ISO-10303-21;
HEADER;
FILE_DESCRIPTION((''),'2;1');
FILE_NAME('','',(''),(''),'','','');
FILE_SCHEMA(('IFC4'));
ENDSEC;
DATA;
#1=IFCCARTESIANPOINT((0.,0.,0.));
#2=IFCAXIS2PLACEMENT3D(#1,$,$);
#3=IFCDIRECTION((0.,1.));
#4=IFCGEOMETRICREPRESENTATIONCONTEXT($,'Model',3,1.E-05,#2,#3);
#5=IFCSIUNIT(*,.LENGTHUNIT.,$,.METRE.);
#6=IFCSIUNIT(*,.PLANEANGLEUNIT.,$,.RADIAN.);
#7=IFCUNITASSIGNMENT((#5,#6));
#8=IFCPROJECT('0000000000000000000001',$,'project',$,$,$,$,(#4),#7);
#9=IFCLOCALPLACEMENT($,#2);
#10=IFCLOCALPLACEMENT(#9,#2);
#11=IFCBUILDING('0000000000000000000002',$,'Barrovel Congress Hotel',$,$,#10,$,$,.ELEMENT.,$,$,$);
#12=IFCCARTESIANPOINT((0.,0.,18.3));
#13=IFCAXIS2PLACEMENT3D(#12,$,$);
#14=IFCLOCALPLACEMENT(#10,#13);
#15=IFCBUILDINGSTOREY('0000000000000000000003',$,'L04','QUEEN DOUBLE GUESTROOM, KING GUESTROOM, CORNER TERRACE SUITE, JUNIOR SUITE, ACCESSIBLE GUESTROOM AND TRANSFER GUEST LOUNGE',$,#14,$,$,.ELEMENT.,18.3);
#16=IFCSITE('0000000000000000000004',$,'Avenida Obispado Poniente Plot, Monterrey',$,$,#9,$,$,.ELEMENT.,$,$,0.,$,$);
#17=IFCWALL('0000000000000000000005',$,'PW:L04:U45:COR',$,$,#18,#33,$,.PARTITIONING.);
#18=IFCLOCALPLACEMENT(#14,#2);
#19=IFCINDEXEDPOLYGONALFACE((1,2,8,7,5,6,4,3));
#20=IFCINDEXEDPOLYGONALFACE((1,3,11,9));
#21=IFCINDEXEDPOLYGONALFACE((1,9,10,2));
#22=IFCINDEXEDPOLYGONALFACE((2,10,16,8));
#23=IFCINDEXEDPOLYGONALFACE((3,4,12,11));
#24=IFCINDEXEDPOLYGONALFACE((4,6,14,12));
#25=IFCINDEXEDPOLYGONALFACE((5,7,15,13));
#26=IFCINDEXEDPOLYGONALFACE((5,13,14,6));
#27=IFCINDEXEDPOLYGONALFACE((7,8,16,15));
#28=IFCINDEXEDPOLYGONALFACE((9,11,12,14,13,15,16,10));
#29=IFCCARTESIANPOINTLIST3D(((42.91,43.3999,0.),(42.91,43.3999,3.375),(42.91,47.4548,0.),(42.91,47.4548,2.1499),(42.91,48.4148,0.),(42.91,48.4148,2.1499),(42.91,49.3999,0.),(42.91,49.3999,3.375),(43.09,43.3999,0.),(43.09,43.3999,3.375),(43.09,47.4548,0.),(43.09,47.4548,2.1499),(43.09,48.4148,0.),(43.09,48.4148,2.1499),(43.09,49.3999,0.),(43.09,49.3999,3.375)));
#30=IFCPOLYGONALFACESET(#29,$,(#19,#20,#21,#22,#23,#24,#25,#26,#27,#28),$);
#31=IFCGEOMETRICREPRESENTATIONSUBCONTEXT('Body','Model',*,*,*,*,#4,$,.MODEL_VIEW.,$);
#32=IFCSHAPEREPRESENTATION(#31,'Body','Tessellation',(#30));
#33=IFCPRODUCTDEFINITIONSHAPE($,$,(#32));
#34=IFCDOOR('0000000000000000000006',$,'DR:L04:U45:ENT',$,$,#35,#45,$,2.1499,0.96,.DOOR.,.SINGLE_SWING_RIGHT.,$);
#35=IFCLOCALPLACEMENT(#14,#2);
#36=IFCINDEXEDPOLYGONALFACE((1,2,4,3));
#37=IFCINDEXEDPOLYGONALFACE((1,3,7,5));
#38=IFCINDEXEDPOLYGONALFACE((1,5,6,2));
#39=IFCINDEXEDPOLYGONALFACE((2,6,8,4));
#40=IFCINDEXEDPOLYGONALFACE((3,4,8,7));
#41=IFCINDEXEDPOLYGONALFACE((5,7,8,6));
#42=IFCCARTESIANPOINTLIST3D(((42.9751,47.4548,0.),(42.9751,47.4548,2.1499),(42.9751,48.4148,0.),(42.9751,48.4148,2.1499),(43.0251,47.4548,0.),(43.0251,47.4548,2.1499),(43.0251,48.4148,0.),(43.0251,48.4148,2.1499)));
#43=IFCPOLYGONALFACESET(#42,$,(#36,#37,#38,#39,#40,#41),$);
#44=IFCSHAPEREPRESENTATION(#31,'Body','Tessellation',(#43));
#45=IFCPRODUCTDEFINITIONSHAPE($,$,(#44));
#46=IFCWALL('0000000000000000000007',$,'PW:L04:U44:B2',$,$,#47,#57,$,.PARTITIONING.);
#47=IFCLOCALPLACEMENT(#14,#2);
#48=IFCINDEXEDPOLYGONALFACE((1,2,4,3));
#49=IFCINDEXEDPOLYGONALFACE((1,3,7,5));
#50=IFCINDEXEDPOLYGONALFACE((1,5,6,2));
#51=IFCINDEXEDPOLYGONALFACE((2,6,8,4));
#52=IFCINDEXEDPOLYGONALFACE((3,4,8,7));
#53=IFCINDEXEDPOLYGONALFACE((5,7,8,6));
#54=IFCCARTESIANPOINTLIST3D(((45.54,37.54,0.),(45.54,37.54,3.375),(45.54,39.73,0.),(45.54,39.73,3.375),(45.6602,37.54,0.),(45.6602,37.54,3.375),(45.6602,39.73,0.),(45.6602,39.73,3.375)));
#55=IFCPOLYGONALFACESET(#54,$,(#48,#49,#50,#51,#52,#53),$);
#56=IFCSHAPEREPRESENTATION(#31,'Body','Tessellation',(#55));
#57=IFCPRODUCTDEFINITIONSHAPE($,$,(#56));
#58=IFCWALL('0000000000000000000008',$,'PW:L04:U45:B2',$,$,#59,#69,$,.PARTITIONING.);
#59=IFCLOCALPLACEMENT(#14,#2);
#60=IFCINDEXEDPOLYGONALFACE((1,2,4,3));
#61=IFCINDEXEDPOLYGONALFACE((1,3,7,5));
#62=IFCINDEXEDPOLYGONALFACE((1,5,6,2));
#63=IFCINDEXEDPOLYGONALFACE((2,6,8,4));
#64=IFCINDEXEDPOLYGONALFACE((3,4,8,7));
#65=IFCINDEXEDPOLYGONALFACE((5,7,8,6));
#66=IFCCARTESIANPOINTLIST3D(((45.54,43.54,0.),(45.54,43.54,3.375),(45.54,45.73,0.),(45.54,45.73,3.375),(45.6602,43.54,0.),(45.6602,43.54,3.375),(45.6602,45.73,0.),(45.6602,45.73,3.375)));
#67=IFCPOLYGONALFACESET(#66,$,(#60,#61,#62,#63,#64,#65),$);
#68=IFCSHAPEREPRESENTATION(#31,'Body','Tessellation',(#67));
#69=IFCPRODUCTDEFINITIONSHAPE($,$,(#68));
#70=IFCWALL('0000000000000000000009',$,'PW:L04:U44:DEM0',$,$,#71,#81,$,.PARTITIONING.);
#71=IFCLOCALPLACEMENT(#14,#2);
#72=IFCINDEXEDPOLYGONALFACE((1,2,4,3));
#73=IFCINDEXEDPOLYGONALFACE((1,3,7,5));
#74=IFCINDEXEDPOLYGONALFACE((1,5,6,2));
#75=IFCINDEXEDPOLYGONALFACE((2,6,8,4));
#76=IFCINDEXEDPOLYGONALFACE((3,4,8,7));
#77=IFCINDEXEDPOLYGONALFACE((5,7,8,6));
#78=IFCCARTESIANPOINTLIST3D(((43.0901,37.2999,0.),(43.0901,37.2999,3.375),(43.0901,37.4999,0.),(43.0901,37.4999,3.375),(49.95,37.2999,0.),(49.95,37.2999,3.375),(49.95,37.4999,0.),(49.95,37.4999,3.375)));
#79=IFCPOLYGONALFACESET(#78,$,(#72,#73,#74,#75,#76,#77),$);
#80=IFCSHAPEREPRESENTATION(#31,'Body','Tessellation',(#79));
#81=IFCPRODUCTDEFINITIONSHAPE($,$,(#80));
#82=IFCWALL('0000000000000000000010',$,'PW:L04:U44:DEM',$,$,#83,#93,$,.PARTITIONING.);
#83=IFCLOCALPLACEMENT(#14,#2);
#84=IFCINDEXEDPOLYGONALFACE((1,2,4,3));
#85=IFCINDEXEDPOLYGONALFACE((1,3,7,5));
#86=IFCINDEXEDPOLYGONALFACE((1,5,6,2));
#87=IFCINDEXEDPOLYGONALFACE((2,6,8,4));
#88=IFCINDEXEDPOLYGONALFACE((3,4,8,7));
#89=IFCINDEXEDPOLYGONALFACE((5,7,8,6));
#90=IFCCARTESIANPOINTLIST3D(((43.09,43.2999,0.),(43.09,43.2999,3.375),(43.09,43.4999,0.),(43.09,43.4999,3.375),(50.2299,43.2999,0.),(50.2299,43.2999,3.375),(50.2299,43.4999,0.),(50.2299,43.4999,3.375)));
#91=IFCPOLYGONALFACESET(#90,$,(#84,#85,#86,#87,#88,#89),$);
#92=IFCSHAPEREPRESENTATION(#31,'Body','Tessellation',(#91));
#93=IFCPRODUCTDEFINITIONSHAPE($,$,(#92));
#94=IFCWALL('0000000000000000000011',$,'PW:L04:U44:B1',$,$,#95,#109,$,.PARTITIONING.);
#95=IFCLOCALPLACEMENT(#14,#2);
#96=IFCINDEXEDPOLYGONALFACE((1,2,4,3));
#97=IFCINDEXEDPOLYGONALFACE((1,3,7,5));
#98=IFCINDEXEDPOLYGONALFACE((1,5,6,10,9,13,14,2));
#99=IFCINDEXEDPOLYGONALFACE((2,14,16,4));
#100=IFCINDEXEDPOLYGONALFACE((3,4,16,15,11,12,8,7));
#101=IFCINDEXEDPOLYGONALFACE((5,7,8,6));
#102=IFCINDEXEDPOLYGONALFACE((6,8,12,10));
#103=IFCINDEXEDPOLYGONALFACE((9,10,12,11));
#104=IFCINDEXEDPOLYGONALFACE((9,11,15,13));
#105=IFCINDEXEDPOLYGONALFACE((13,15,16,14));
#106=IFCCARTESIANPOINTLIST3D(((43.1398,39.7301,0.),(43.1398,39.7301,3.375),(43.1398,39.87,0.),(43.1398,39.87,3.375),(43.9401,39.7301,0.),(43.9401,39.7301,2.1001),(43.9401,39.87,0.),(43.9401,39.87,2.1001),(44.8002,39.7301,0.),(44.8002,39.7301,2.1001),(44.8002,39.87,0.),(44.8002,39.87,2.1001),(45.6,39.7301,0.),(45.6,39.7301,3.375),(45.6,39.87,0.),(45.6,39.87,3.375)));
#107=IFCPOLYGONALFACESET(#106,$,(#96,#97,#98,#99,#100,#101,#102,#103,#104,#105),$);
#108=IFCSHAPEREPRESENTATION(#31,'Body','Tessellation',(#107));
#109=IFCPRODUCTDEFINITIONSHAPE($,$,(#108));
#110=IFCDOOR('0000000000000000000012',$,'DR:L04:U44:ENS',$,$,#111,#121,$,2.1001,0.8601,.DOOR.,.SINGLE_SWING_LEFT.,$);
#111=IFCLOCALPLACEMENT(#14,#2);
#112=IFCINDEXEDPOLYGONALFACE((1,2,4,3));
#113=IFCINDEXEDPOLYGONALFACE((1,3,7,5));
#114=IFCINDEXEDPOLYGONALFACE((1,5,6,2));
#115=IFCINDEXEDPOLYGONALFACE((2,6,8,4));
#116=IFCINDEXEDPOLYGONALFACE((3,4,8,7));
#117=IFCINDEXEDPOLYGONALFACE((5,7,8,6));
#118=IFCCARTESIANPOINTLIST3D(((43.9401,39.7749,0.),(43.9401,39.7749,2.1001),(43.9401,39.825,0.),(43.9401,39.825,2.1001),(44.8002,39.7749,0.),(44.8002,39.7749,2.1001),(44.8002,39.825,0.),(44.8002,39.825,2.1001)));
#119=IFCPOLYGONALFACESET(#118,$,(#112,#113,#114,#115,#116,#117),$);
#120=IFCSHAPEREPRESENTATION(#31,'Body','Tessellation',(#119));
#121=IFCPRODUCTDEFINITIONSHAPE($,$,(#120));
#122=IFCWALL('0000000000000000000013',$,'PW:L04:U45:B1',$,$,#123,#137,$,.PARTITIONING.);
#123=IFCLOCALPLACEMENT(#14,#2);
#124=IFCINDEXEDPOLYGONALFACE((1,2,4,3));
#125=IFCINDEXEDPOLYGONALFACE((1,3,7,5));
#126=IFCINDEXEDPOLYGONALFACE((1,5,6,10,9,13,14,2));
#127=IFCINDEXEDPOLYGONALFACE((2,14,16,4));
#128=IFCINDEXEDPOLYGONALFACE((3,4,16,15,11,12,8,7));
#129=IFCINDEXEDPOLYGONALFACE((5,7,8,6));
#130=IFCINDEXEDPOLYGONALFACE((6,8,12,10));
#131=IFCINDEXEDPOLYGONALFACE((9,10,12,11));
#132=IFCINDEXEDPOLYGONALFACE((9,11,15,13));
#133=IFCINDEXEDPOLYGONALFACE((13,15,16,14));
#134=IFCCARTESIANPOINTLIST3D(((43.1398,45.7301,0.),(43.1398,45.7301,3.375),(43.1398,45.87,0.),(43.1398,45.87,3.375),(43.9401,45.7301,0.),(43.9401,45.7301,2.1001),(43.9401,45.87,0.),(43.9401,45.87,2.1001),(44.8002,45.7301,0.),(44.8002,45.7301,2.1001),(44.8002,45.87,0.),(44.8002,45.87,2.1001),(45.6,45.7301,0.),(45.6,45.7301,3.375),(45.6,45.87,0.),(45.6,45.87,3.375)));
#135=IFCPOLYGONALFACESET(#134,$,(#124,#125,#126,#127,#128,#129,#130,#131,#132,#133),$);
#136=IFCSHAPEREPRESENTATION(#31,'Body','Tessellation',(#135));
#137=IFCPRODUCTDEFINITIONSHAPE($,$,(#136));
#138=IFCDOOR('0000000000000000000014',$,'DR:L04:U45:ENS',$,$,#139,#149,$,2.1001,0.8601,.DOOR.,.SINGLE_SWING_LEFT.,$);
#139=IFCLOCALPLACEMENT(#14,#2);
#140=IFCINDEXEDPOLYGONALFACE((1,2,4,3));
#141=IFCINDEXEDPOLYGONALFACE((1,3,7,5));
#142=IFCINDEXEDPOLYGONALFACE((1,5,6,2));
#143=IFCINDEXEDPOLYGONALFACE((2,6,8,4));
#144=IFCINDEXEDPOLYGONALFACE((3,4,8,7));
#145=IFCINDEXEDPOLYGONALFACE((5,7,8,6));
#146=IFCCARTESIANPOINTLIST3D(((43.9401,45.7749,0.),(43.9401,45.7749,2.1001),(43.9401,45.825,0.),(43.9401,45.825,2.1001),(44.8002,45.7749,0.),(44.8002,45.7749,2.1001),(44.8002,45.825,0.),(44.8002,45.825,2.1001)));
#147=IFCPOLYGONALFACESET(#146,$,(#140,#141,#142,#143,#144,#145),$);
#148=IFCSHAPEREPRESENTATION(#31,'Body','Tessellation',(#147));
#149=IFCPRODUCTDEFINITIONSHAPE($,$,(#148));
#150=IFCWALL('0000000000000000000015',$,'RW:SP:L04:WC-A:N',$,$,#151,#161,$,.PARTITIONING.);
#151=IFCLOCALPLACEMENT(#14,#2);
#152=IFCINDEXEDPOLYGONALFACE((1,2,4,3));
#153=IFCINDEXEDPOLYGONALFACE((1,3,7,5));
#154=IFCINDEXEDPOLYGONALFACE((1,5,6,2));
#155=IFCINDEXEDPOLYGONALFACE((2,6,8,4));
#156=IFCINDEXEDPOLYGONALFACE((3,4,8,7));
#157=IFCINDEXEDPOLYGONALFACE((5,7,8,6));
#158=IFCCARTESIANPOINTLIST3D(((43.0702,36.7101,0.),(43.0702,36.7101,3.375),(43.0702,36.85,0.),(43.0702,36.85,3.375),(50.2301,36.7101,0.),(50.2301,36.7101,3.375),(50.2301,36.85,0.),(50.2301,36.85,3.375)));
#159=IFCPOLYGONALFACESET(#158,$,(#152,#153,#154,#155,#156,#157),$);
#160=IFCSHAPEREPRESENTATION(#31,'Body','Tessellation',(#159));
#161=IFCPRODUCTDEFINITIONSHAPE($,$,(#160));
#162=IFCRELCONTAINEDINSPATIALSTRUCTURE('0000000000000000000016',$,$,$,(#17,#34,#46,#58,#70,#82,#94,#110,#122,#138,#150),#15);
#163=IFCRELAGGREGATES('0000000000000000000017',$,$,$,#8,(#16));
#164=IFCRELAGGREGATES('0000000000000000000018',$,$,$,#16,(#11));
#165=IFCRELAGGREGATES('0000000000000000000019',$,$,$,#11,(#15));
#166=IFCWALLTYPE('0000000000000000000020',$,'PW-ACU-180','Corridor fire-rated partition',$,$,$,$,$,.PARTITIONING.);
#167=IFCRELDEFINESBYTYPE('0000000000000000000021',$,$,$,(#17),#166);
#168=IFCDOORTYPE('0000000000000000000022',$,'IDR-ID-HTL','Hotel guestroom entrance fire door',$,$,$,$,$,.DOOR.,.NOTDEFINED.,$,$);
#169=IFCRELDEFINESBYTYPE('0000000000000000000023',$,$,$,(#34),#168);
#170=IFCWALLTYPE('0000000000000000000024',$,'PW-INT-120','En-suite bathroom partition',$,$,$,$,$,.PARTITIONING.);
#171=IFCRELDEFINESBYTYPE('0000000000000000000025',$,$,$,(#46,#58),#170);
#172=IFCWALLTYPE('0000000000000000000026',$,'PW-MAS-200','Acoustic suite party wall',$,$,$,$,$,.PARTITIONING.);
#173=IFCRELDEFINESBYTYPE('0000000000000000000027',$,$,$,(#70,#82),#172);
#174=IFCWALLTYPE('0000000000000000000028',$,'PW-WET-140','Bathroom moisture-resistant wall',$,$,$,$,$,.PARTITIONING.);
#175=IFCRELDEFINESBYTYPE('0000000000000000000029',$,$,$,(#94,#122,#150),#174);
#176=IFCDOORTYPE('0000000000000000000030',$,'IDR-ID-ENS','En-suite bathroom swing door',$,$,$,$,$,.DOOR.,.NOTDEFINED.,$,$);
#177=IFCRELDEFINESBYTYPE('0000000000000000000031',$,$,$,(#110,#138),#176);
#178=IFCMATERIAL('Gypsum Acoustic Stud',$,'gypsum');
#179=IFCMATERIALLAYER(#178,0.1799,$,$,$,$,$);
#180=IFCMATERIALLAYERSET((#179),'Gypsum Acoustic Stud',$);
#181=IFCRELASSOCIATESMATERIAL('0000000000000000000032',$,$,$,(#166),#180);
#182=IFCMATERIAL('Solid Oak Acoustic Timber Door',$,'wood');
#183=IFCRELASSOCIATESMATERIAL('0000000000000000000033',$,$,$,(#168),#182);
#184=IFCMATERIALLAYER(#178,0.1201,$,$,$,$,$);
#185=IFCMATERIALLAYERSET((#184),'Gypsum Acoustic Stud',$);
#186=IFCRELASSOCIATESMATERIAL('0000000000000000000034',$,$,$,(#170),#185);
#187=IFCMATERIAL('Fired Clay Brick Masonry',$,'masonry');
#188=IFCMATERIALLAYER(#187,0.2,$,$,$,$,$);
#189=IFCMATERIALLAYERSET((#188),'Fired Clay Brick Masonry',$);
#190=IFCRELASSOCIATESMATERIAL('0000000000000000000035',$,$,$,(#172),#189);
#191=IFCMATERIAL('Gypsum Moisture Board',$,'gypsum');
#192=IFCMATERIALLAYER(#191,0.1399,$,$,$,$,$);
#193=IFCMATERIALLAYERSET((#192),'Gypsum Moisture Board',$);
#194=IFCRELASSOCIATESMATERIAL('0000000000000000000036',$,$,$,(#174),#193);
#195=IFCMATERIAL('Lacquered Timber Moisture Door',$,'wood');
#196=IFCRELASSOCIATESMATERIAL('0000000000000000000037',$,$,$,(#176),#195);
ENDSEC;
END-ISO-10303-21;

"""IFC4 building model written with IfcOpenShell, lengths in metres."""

from ifc_helpers import new_model, si_unit, direction, frame, frame_2d, origin, place, context, subcontext, project, spatial, rectangle, extrude, material, layer, layer_set, type_object, element, fill, save


model = new_model("IFC4")

# Units and contexts
model_context = context("Model", 3, precision=1e-05, world=origin(), true_north=direction((0.0, 1.0)))
body_context = subcontext(model_context, "Body", "Model", "MODEL_VIEW")
ifc_project = project(units=[si_unit("LENGTHUNIT", "METRE"), si_unit("PLANEANGLEUNIT", "RADIAN")], contexts=[model_context])

# Site, building, storey
site_placement = place(None, origin())
site = spatial("IfcSite", under=ifc_project, at=site_placement, Name="Avenida Obispado Poniente Plot, Monterrey", CompositionType="ELEMENT", RefElevation=0.0)
building_placement = place(site_placement, origin())
building = spatial("IfcBuilding", under=site, at=building_placement, Name="Barrovel Congress Hotel", CompositionType="ELEMENT")
storey_placement = place(building_placement, frame((0.0, 0.0, 18.3)))
storey = spatial("IfcBuildingStorey", under=building, at=storey_placement, Name="L04", Description="QUEEN DOUBLE GUESTROOM, KING GUESTROOM, CORNER TERRACE SUITE, JUNIOR SUITE, ACCESSIBLE GUESTROOM AND TRANSFER GUEST LOUNGE", CompositionType="ELEMENT", Elevation=18.3)

# Shared definitions
ifc_material_1 = material(Name="Fired Clay Brick Masonry", Category="masonry")

# Wall, opening, door
ifc_material_2 = material(Name="Gypsum Acoustic Stud", Category="gypsum")
ifc_layer_1 = layer(ifc_material_2, 0.1799)
ifc_layer_set_1 = layer_set([ifc_layer_1], Name="Gypsum Acoustic Stud")
wall_type_1 = type_object("IfcWallType", Name="PW-ACU-180", Description="Corridor fire-rated partition", PredefinedType="PARTITIONING", material=ifc_layer_set_1)
ifc_material_3 = material(Name="Solid Oak Acoustic Timber Door", Category="wood")
door_type_1 = type_object("IfcDoorType", Name="IDR-ID-HTL", Description="Hotel guestroom entrance fire door", OperationType="NOTDEFINED", PredefinedType="DOOR", material=ifc_material_3)
wall_1_placement = place(storey_placement, frame((43.0, 43.3999, 0.0), z_axis=(0.0, 0.0, 1.0), x_axis=(0.0, 1.0, 0.0)))
wall_1 = element("IfcWall", 1, at=wall_1_placement, inside=storey, type_object=wall_type_1, Name="PW:L04:U45:COR", PredefinedType="PARTITIONING", context=body_context, shape_type="SweptSolid", body=[
    extrude(rectangle(XDim=6.0, YDim=0.1799, at=frame_2d((3.0, 0.0))), origin(), (0.0, 0.0, 1.0), 3.375),
])
opening_1_placement = place(wall_1_placement, frame((4.0549, 0.0, 0.0)))
opening_1 = element("IfcOpeningElement", 2, at=opening_1_placement, cuts=wall_1, PredefinedType="OPENING", context=body_context, shape_type="SweptSolid", body=[
    extrude(rectangle(XDim=0.96, YDim=2.1499, at=frame_2d((0.48, 1.075))), frame((0.0, 0.1001, 0.0), z_axis=(0.0, -1.0, 0.0), x_axis=(1.0, 0.0, 0.0)), (0.0, 0.0, 1.0), 0.2),
])
door_1_placement = place(opening_1_placement, origin())
door_1 = element("IfcDoor", 3, at=door_1_placement, inside=storey, type_object=door_type_1, Name="DR:L04:U45:ENT", OperationType="SINGLE_SWING_RIGHT", OverallHeight=2.1499, OverallWidth=0.96, PredefinedType="DOOR", context=body_context, shape_type="SweptSolid", body=[
    extrude(rectangle(XDim=0.96, YDim=2.1499, at=frame_2d((0.48, 1.075))), frame((0.0, 0.0249, 0.0), z_axis=(0.0, -1.0, 0.0), x_axis=(1.0, 0.0, 0.0)), (0.0, 0.0, 1.0), 0.05),
])
fill(opening_1, door_1)

# Walls
ifc_layer_2 = layer(ifc_material_2, 0.1201)
ifc_layer_set_2 = layer_set([ifc_layer_2], Name="Gypsum Acoustic Stud")
wall_type_2 = type_object("IfcWallType", Name="PW-INT-120", Description="En-suite bathroom partition", PredefinedType="PARTITIONING", material=ifc_layer_set_2)
for number, where, z_axis, x_axis, name in (
    (4, (45.6001, 37.54, 0.0), (0.0, 0.0, 1.0), (0.0, 1.0, 0.0), "PW:L04:U44:B2"),
    (5, (45.6001, 43.54, 0.0), (0.0, 0.0, 1.0), (0.0, 1.0, 0.0), "PW:L04:U45:B2"),
):
    element("IfcWall", number, at=place(storey_placement, frame(where, z_axis=z_axis, x_axis=x_axis)), inside=storey, type_object=wall_type_2, Name=name, PredefinedType="PARTITIONING", context=body_context, shape_type="SweptSolid", body=[
        extrude(rectangle(XDim=2.1899, YDim=0.1201, at=frame_2d((1.095, 0.0))), origin(), (0.0, 0.0, 1.0), 3.375),
    ])
ifc_layer_3 = layer(ifc_material_1, 0.2)
ifc_layer_set_3 = layer_set([ifc_layer_3], Name="Fired Clay Brick Masonry")
wall_type_3 = type_object("IfcWallType", Name="PW-MAS-200", Description="Acoustic suite party wall", PredefinedType="PARTITIONING", material=ifc_layer_set_3)
wall_2_placement = place(storey_placement, frame((43.0901, 37.3999, 0.0), z_axis=(0.0, 0.0, 1.0), x_axis=(1.0, 0.0, 0.0)))
element("IfcWall", 6, at=wall_2_placement, inside=storey, type_object=wall_type_3, Name="PW:L04:U44:DEM0", PredefinedType="PARTITIONING", context=body_context, shape_type="SweptSolid", body=[
    extrude(rectangle(XDim=6.8599, YDim=0.2, at=frame_2d((3.4299, 0.0))), origin(), (0.0, 0.0, 1.0), 3.375),
])
wall_3_placement = place(storey_placement, frame((43.0901, 43.3999, 0.0), z_axis=(0.0, 0.0, 1.0), x_axis=(1.0, 0.0, 0.0)))
element("IfcWall", 7, at=wall_3_placement, inside=storey, type_object=wall_type_3, Name="PW:L04:U44:DEM", PredefinedType="PARTITIONING", context=body_context, shape_type="SweptSolid", body=[
    extrude(rectangle(XDim=7.1399, YDim=0.2, at=frame_2d((3.5698, 0.0))), origin(), (0.0, 0.0, 1.0), 3.375),
])

# Walls, openings, doors
ifc_material_4 = material(Name="Gypsum Moisture Board", Category="gypsum")
ifc_layer_4 = layer(ifc_material_4, 0.1399)
ifc_layer_set_4 = layer_set([ifc_layer_4], Name="Gypsum Moisture Board")
wall_type_4 = type_object("IfcWallType", Name="PW-WET-140", Description="Bathroom moisture-resistant wall", PredefinedType="PARTITIONING", material=ifc_layer_set_4)
wall_4_placement = place(storey_placement, frame((43.1399, 39.8, 0.0), z_axis=(0.0, 0.0, 1.0), x_axis=(1.0, 0.0, 0.0)))
wall_4 = element("IfcWall", 8, at=wall_4_placement, inside=storey, type_object=wall_type_4, Name="PW:L04:U44:B1", PredefinedType="PARTITIONING", context=body_context, shape_type="SweptSolid", body=[
    extrude(rectangle(XDim=2.4602, YDim=0.1399, at=frame_2d((1.23, 0.0))), origin(), (0.0, 0.0, 1.0), 3.375),
])
opening_2_placement = place(wall_4_placement, frame((0.8, 0.0, 0.0)))
opening_2 = element("IfcOpeningElement", 9, at=opening_2_placement, cuts=wall_4, PredefinedType="OPENING", context=body_context, shape_type="SweptSolid", body=[
    extrude(rectangle(XDim=0.8601, YDim=2.1001, at=frame_2d((0.4302, 1.05))), frame((0.0, 0.0801, 0.0), z_axis=(0.0, -1.0, 0.0), x_axis=(1.0, 0.0, 0.0)), (0.0, 0.0, 1.0), 0.1599),
])
ifc_material_5 = material(Name="Lacquered Timber Moisture Door", Category="wood")
door_type_2 = type_object("IfcDoorType", Name="IDR-ID-ENS", Description="En-suite bathroom swing door", OperationType="NOTDEFINED", PredefinedType="DOOR", material=ifc_material_5)
door_2_placement = place(opening_2_placement, origin())
door_2 = element("IfcDoor", 10, at=door_2_placement, inside=storey, type_object=door_type_2, Name="DR:L04:U44:ENS", OperationType="SINGLE_SWING_LEFT", OverallHeight=2.1001, OverallWidth=0.8601, PredefinedType="DOOR", context=body_context, shape_type="SweptSolid", body=[
    extrude(rectangle(XDim=0.8601, YDim=2.1001, at=frame_2d((0.4302, 1.05))), frame((0.0, 0.0249, 0.0), z_axis=(0.0, -1.0, 0.0), x_axis=(1.0, 0.0, 0.0)), (0.0, 0.0, 1.0), 0.05),
])
fill(opening_2, door_2)
wall_5_placement = place(storey_placement, frame((43.1399, 45.8, 0.0), z_axis=(0.0, 0.0, 1.0), x_axis=(1.0, 0.0, 0.0)))
wall_5 = element("IfcWall", 11, at=wall_5_placement, inside=storey, type_object=wall_type_4, Name="PW:L04:U45:B1", PredefinedType="PARTITIONING", context=body_context, shape_type="SweptSolid", body=[
    extrude(rectangle(XDim=2.4602, YDim=0.1399, at=frame_2d((1.23, 0.0))), origin(), (0.0, 0.0, 1.0), 3.375),
])
opening_3_placement = place(wall_5_placement, frame((0.8, 0.0, 0.0)))
opening_3 = element("IfcOpeningElement", 12, at=opening_3_placement, cuts=wall_5, PredefinedType="OPENING", context=body_context, shape_type="SweptSolid", body=[
    extrude(rectangle(XDim=0.8601, YDim=2.1001, at=frame_2d((0.4302, 1.05))), frame((0.0, 0.0801, 0.0), z_axis=(0.0, -1.0, 0.0), x_axis=(1.0, 0.0, 0.0)), (0.0, 0.0, 1.0), 0.1599),
])
door_3_placement = place(opening_3_placement, origin())
door_3 = element("IfcDoor", 13, at=door_3_placement, inside=storey, type_object=door_type_2, Name="DR:L04:U45:ENS", OperationType="SINGLE_SWING_LEFT", OverallHeight=2.1001, OverallWidth=0.8601, PredefinedType="DOOR", context=body_context, shape_type="SweptSolid", body=[
    extrude(rectangle(XDim=0.8601, YDim=2.1001, at=frame_2d((0.4302, 1.05))), frame((0.0, 0.0249, 0.0), z_axis=(0.0, -1.0, 0.0), x_axis=(1.0, 0.0, 0.0)), (0.0, 0.0, 1.0), 0.05),
])
fill(opening_3, door_3)

# Wall
wall_6_placement = place(storey_placement, frame((43.0701, 36.78, 0.0), z_axis=(0.0, 0.0, 1.0), x_axis=(1.0, 0.0, 0.0)))
element("IfcWall", 14, at=wall_6_placement, inside=storey, type_object=wall_type_4, Name="RW:SP:L04:WC-A:N", PredefinedType="PARTITIONING", context=body_context, shape_type="SweptSolid", body=[
    extrude(rectangle(XDim=7.1599, YDim=0.1399, at=frame_2d((3.5801, 0.0))), origin(), (0.0, 0.0, 1.0), 3.375),
])

save(model, "model.ifc")
